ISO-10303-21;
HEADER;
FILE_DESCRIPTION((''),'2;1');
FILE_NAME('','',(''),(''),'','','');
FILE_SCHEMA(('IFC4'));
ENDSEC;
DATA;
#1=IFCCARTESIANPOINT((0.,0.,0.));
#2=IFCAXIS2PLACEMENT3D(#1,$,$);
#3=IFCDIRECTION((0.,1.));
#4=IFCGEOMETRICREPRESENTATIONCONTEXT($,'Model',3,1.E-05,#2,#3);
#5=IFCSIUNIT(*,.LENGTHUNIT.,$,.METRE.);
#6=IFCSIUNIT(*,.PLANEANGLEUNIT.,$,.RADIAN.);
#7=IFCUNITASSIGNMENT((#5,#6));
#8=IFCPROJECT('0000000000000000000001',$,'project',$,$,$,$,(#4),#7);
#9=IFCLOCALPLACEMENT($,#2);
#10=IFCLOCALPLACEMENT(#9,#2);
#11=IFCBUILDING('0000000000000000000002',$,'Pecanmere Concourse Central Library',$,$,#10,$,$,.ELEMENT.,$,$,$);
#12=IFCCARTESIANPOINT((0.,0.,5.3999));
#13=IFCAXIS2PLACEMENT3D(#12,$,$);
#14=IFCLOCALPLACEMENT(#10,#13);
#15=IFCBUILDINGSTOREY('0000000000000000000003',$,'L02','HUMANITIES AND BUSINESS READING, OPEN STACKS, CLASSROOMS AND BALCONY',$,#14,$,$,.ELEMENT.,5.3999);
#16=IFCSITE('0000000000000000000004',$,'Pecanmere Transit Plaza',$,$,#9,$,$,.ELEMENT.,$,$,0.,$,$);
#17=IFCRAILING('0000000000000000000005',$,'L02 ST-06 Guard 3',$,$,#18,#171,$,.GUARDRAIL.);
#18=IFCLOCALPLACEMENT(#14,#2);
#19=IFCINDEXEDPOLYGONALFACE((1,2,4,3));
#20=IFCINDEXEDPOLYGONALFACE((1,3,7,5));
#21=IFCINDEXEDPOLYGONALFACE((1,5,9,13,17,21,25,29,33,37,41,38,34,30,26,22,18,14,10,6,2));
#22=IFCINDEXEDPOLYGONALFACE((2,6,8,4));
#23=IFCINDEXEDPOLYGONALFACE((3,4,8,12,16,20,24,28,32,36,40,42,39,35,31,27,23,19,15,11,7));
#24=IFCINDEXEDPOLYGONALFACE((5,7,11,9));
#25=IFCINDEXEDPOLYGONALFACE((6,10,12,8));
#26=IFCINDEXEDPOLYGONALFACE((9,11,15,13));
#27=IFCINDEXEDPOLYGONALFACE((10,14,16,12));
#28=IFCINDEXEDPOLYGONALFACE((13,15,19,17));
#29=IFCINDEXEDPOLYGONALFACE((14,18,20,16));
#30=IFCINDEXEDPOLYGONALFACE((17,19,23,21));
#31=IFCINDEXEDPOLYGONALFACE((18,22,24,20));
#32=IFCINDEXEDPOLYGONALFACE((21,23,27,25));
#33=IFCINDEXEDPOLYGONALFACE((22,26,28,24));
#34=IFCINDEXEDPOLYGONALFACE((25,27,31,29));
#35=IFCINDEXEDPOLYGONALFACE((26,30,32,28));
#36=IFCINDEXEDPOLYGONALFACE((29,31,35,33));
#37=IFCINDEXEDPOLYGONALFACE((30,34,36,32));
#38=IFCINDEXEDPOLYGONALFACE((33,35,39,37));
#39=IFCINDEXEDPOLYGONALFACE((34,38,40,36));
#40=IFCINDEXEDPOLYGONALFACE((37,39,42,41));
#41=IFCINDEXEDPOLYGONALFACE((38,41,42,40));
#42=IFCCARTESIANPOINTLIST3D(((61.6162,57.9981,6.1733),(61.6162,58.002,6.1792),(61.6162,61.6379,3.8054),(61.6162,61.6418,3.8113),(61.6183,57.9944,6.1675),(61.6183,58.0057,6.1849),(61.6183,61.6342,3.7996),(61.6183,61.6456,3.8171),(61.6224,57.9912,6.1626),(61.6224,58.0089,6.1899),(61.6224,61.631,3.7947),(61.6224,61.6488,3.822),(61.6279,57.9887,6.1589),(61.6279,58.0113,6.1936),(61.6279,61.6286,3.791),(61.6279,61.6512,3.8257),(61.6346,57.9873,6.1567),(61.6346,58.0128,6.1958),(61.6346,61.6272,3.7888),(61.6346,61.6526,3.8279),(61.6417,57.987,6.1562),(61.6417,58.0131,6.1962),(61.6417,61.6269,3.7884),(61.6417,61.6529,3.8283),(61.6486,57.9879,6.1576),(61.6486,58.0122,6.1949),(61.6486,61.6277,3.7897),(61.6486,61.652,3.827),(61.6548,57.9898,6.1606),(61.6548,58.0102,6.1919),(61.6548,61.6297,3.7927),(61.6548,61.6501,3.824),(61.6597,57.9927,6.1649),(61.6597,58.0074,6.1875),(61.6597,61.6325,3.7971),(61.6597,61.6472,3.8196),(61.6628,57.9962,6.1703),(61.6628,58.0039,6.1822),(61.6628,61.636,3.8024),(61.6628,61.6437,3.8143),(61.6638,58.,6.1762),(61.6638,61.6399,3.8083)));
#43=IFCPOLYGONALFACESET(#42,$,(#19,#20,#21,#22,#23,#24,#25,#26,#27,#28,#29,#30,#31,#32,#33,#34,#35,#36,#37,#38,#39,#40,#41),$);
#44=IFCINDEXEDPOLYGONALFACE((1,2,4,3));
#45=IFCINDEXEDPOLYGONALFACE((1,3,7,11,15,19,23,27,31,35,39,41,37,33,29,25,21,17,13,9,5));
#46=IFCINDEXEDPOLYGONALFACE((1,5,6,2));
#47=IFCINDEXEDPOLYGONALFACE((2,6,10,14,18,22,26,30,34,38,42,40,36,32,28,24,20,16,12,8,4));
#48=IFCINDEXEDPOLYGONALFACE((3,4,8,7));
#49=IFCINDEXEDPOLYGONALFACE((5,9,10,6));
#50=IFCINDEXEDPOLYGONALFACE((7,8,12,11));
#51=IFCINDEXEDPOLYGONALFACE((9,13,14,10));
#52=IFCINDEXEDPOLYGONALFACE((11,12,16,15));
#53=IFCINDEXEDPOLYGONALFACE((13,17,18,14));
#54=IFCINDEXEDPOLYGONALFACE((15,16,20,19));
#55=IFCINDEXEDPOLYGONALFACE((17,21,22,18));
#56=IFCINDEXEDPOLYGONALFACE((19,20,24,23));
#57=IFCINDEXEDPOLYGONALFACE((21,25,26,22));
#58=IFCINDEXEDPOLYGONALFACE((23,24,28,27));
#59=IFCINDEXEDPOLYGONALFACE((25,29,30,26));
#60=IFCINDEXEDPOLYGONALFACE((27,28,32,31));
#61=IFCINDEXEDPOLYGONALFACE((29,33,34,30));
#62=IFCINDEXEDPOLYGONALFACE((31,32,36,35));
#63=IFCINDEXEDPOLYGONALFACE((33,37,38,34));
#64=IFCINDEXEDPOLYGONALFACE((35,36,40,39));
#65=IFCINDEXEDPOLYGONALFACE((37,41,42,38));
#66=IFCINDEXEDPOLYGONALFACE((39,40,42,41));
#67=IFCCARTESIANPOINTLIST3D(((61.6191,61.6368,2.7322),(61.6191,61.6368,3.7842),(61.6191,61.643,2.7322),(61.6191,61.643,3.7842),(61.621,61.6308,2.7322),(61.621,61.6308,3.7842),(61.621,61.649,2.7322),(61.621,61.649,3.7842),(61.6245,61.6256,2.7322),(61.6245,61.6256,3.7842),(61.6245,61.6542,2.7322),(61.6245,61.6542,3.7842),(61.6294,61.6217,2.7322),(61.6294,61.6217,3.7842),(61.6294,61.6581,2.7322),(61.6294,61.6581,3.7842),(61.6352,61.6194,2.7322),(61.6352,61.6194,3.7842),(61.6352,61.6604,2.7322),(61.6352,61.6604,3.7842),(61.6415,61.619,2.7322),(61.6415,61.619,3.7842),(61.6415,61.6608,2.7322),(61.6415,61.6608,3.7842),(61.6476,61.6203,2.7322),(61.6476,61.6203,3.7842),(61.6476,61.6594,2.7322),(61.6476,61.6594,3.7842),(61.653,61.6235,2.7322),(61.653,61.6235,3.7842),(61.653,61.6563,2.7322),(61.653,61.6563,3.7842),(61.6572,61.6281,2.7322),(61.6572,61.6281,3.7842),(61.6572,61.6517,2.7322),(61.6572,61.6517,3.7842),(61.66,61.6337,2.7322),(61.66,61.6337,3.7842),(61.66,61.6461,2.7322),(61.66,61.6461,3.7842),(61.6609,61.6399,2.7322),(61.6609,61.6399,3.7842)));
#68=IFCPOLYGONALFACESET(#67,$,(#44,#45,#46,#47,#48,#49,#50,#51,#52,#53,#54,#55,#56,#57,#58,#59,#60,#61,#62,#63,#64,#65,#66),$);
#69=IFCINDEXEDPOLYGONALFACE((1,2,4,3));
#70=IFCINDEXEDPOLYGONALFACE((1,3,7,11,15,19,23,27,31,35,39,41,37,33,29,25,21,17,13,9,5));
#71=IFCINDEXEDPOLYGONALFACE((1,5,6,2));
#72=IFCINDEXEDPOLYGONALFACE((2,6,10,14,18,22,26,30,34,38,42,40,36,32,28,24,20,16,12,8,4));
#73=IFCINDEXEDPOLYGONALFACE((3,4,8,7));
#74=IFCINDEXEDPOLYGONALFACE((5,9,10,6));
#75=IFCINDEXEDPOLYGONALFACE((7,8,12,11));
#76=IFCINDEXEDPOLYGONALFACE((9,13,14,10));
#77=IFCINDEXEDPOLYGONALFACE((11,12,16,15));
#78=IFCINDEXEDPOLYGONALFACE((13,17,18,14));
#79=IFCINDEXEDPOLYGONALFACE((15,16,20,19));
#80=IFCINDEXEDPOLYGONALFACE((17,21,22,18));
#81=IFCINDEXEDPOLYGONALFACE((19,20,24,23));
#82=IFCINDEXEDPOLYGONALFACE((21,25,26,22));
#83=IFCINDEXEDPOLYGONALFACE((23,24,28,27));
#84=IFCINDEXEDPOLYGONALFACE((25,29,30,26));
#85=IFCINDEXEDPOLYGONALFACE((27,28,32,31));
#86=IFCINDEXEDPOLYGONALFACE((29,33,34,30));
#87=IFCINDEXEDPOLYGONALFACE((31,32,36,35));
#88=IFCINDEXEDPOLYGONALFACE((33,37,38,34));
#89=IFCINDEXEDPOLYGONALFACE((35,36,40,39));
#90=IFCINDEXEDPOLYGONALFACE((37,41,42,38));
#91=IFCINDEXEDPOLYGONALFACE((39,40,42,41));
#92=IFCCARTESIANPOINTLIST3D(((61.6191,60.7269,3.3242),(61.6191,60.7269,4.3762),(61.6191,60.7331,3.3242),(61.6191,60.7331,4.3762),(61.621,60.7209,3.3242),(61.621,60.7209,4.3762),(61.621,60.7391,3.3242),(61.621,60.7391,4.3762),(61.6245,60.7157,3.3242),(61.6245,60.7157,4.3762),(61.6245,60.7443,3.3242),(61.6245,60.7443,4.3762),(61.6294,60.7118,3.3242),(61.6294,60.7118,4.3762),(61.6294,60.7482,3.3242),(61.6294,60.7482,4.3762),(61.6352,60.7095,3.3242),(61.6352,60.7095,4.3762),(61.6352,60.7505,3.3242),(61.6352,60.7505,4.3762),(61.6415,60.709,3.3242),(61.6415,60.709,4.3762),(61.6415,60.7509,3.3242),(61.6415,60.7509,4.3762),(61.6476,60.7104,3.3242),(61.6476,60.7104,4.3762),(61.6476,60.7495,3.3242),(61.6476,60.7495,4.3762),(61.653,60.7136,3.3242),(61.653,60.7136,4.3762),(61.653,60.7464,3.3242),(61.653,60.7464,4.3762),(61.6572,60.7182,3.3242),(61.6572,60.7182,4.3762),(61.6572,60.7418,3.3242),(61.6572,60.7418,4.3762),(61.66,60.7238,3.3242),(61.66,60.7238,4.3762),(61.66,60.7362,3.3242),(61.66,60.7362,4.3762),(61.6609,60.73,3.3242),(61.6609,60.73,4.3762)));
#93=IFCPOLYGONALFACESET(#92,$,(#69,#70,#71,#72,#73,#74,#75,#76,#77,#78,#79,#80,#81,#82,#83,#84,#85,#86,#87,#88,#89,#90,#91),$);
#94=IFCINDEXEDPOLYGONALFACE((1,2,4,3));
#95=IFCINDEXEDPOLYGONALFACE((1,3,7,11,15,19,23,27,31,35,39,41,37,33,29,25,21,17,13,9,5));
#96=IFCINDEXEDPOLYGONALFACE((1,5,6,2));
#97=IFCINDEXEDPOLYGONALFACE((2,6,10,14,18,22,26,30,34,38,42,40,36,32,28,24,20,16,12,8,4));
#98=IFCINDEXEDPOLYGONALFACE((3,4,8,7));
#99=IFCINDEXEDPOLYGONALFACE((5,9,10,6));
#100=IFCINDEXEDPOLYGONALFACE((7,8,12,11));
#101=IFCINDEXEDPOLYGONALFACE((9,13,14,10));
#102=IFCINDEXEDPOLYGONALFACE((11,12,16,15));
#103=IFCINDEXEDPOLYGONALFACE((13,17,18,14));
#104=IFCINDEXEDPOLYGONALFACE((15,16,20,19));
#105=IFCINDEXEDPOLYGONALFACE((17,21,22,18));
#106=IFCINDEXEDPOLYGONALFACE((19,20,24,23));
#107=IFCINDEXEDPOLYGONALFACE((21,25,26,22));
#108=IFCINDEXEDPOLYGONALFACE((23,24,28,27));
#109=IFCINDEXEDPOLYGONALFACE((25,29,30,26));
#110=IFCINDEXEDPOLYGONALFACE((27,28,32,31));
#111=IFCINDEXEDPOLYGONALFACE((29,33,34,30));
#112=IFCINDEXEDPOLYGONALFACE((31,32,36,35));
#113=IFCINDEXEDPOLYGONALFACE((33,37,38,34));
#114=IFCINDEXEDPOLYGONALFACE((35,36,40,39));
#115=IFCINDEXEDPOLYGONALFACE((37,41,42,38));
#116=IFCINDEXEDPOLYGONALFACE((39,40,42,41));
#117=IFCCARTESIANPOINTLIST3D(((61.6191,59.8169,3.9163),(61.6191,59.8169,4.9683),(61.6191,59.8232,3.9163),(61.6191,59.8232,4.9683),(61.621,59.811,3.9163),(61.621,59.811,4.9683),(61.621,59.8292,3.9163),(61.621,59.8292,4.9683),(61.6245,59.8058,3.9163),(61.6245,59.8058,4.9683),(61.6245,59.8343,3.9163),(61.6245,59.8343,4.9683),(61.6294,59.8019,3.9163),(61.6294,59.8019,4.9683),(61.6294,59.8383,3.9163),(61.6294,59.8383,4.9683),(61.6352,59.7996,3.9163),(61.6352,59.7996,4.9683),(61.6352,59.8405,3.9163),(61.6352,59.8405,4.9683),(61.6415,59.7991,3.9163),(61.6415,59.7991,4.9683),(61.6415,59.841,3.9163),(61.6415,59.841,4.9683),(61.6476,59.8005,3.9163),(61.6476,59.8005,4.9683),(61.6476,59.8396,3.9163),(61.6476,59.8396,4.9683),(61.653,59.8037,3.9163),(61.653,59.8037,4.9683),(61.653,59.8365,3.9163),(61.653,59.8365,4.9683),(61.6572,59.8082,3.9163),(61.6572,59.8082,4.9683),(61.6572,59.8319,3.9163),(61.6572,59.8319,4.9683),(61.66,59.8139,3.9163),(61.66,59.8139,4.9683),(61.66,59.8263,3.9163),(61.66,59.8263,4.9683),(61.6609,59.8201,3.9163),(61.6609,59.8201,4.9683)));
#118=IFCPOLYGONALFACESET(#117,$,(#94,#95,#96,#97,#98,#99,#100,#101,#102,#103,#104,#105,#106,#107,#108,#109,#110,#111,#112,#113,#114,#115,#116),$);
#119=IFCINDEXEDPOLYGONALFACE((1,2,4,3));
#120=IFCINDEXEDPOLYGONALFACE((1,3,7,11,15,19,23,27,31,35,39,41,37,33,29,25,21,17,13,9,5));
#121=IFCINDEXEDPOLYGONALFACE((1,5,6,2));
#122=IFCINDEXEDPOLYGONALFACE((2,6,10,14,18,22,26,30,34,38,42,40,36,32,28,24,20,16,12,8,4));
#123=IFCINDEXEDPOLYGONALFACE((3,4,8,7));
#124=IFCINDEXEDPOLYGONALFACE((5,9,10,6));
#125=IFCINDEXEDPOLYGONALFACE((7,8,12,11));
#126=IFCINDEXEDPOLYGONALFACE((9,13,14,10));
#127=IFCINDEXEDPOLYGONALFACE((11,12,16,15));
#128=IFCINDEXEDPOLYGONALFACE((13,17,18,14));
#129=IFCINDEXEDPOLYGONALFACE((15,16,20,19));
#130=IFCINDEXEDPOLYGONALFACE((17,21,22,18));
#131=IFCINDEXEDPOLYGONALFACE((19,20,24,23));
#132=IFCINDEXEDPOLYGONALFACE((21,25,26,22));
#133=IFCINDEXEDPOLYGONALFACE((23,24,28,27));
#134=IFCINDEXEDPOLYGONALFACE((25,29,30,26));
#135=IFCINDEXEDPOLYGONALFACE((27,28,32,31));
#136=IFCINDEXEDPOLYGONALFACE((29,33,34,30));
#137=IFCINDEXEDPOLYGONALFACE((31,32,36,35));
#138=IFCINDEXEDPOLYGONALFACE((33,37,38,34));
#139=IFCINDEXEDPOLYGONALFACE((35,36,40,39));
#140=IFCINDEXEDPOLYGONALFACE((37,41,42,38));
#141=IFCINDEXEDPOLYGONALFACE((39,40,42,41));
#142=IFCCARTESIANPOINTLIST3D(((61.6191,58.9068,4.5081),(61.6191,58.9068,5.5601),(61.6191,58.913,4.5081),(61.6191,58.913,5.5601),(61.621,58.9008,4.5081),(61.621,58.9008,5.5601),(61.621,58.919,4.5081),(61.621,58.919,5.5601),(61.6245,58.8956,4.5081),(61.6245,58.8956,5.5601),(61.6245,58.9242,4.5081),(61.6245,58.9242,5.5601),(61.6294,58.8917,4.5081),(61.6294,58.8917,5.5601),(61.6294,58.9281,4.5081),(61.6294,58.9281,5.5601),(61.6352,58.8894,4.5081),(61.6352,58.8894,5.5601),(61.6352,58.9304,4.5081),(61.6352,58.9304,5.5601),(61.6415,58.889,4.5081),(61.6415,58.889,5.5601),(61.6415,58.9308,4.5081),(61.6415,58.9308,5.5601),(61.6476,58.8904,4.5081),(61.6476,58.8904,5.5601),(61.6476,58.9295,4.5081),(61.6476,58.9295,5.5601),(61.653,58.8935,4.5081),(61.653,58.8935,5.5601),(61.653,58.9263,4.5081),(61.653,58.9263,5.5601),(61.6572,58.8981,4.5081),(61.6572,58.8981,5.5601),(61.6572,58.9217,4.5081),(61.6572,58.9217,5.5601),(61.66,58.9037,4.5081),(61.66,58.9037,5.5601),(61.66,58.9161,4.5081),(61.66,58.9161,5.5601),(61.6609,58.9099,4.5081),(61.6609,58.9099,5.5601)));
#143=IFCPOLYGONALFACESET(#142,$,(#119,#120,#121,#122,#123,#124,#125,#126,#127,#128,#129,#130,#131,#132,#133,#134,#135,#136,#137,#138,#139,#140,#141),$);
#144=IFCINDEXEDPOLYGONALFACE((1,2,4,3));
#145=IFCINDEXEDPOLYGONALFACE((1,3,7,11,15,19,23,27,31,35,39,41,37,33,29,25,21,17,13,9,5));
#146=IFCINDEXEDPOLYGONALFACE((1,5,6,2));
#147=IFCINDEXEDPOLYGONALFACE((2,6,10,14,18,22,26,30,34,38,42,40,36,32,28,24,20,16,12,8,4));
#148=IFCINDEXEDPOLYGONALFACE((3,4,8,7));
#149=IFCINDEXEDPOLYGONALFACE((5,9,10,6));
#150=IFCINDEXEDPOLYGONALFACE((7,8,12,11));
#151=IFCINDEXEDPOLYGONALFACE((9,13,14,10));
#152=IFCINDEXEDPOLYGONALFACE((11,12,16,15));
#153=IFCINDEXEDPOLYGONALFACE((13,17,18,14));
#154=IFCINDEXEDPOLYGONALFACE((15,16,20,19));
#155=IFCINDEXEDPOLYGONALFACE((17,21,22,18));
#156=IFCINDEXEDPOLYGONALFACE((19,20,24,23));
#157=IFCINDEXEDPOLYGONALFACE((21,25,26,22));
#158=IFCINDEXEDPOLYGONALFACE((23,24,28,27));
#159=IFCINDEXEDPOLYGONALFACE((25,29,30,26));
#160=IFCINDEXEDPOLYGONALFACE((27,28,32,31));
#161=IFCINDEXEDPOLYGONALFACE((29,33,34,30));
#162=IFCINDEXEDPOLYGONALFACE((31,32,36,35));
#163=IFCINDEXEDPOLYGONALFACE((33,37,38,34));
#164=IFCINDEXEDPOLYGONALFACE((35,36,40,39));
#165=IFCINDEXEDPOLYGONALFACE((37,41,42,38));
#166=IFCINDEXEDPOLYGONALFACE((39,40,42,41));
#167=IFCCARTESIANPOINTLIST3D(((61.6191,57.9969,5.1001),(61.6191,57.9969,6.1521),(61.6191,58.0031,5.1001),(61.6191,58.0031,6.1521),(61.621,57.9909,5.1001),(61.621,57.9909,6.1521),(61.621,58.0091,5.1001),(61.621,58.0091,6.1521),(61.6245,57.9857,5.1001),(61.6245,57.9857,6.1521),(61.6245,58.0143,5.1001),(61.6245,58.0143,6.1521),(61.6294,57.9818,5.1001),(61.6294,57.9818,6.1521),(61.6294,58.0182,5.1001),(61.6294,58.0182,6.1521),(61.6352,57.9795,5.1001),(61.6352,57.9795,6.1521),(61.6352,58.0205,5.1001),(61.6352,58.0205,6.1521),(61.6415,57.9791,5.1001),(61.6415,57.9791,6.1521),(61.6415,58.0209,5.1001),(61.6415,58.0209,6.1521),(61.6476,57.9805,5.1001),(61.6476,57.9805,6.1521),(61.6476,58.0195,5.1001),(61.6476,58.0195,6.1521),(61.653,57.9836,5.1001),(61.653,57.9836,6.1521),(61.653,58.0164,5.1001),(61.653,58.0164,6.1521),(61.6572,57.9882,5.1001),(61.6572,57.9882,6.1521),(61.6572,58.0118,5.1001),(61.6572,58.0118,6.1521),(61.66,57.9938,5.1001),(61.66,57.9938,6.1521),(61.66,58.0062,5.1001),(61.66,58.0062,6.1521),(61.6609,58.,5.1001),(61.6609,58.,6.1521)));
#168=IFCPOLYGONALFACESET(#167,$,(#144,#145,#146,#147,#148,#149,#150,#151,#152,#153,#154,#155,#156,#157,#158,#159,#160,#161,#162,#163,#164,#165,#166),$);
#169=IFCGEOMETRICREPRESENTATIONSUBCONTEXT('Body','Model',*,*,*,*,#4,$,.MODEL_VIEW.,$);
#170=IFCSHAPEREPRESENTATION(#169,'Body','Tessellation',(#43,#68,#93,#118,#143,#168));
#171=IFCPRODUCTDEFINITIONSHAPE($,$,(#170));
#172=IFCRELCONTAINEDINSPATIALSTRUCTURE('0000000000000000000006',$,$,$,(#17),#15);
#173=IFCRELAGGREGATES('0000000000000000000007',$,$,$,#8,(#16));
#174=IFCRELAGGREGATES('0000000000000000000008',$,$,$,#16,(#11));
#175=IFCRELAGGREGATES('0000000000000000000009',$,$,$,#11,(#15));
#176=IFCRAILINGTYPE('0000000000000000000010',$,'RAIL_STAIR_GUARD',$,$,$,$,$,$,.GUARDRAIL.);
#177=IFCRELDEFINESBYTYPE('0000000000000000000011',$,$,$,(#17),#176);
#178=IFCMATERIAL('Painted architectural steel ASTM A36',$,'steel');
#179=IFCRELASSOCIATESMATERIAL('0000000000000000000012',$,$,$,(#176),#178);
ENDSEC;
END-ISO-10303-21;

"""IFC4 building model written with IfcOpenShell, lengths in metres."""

from ifc_helpers import new_model, si_unit, direction, frame, origin, origin_2d, place, context, subcontext, project, spatial, circle, extrude, material, type_object, element, save


model = new_model("IFC4")

# Units and contexts
model_context = context("Model", 3, precision=1e-05, world=origin(), true_north=direction((0.0, 1.0)))
body_context = subcontext(model_context, "Body", "Model", "MODEL_VIEW")
ifc_project = project(units=[si_unit("LENGTHUNIT", "METRE"), si_unit("PLANEANGLEUNIT", "RADIAN")], contexts=[model_context])

# Site, building, storey
site_placement = place(None, origin())
site = spatial("IfcSite", under=ifc_project, at=site_placement, Name="Pecanmere Transit Plaza", CompositionType="ELEMENT", RefElevation=0.0)
building_placement = place(site_placement, origin())
building = spatial("IfcBuilding", under=site, at=building_placement, Name="Pecanmere Concourse Central Library", CompositionType="ELEMENT")
storey_placement = place(building_placement, frame((0.0, 0.0, 5.3999)))
storey = spatial("IfcBuildingStorey", under=building, at=storey_placement, Name="L02", Description="HUMANITIES AND BUSINESS READING, OPEN STACKS, CLASSROOMS AND BALCONY", CompositionType="ELEMENT", Elevation=5.3999)

# Railing
ifc_material_1 = material(Name="Painted architectural steel ASTM A36", Category="steel")
railing_type_1 = type_object("IfcRailingType", Name="RAIL_STAIR_GUARD", PredefinedType="GUARDRAIL", material=ifc_material_1)
railing_1_placement = place(storey_placement, frame((61.6399, 61.6399, 2.7322)))
element("IfcRailing", 1, at=railing_1_placement, inside=storey, type_object=railing_type_1, Name="L02 ST-06 Guard 3", PredefinedType="GUARDRAIL", context=body_context, shape_type="SweptSolid", body=[
    extrude(circle(Radius=0.0239, at=origin_2d()), frame((0.0, 0.0, 1.0762), z_axis=(0.0, -0.838234, 0.54531), x_axis=(1.0, 0.0, 0.0)), (0.0, 0.0, 1.0), 4.3423),
    extrude(circle(Radius=0.021, at=origin_2d()), origin(), (0.0, 0.0, 1.0), 1.052),
    extrude(circle(Radius=0.021, at=origin_2d()), frame((0.0, -0.9099, 0.592)), (0.0, 0.0, 1.0), 1.052),
    extrude(circle(Radius=0.021, at=origin_2d()), frame((0.0, -1.8198, 1.1841)), (0.0, 0.0, 1.0), 1.052),
    extrude(circle(Radius=0.021, at=origin_2d()), frame((0.0, -2.73, 1.7759)), (0.0, 0.0, 1.0), 1.052),
    extrude(circle(Radius=0.021, at=origin_2d()), frame((0.0, -3.6399, 2.3679)), (0.0, 0.0, 1.0), 1.052),
])

save(model, "model.ifc")
